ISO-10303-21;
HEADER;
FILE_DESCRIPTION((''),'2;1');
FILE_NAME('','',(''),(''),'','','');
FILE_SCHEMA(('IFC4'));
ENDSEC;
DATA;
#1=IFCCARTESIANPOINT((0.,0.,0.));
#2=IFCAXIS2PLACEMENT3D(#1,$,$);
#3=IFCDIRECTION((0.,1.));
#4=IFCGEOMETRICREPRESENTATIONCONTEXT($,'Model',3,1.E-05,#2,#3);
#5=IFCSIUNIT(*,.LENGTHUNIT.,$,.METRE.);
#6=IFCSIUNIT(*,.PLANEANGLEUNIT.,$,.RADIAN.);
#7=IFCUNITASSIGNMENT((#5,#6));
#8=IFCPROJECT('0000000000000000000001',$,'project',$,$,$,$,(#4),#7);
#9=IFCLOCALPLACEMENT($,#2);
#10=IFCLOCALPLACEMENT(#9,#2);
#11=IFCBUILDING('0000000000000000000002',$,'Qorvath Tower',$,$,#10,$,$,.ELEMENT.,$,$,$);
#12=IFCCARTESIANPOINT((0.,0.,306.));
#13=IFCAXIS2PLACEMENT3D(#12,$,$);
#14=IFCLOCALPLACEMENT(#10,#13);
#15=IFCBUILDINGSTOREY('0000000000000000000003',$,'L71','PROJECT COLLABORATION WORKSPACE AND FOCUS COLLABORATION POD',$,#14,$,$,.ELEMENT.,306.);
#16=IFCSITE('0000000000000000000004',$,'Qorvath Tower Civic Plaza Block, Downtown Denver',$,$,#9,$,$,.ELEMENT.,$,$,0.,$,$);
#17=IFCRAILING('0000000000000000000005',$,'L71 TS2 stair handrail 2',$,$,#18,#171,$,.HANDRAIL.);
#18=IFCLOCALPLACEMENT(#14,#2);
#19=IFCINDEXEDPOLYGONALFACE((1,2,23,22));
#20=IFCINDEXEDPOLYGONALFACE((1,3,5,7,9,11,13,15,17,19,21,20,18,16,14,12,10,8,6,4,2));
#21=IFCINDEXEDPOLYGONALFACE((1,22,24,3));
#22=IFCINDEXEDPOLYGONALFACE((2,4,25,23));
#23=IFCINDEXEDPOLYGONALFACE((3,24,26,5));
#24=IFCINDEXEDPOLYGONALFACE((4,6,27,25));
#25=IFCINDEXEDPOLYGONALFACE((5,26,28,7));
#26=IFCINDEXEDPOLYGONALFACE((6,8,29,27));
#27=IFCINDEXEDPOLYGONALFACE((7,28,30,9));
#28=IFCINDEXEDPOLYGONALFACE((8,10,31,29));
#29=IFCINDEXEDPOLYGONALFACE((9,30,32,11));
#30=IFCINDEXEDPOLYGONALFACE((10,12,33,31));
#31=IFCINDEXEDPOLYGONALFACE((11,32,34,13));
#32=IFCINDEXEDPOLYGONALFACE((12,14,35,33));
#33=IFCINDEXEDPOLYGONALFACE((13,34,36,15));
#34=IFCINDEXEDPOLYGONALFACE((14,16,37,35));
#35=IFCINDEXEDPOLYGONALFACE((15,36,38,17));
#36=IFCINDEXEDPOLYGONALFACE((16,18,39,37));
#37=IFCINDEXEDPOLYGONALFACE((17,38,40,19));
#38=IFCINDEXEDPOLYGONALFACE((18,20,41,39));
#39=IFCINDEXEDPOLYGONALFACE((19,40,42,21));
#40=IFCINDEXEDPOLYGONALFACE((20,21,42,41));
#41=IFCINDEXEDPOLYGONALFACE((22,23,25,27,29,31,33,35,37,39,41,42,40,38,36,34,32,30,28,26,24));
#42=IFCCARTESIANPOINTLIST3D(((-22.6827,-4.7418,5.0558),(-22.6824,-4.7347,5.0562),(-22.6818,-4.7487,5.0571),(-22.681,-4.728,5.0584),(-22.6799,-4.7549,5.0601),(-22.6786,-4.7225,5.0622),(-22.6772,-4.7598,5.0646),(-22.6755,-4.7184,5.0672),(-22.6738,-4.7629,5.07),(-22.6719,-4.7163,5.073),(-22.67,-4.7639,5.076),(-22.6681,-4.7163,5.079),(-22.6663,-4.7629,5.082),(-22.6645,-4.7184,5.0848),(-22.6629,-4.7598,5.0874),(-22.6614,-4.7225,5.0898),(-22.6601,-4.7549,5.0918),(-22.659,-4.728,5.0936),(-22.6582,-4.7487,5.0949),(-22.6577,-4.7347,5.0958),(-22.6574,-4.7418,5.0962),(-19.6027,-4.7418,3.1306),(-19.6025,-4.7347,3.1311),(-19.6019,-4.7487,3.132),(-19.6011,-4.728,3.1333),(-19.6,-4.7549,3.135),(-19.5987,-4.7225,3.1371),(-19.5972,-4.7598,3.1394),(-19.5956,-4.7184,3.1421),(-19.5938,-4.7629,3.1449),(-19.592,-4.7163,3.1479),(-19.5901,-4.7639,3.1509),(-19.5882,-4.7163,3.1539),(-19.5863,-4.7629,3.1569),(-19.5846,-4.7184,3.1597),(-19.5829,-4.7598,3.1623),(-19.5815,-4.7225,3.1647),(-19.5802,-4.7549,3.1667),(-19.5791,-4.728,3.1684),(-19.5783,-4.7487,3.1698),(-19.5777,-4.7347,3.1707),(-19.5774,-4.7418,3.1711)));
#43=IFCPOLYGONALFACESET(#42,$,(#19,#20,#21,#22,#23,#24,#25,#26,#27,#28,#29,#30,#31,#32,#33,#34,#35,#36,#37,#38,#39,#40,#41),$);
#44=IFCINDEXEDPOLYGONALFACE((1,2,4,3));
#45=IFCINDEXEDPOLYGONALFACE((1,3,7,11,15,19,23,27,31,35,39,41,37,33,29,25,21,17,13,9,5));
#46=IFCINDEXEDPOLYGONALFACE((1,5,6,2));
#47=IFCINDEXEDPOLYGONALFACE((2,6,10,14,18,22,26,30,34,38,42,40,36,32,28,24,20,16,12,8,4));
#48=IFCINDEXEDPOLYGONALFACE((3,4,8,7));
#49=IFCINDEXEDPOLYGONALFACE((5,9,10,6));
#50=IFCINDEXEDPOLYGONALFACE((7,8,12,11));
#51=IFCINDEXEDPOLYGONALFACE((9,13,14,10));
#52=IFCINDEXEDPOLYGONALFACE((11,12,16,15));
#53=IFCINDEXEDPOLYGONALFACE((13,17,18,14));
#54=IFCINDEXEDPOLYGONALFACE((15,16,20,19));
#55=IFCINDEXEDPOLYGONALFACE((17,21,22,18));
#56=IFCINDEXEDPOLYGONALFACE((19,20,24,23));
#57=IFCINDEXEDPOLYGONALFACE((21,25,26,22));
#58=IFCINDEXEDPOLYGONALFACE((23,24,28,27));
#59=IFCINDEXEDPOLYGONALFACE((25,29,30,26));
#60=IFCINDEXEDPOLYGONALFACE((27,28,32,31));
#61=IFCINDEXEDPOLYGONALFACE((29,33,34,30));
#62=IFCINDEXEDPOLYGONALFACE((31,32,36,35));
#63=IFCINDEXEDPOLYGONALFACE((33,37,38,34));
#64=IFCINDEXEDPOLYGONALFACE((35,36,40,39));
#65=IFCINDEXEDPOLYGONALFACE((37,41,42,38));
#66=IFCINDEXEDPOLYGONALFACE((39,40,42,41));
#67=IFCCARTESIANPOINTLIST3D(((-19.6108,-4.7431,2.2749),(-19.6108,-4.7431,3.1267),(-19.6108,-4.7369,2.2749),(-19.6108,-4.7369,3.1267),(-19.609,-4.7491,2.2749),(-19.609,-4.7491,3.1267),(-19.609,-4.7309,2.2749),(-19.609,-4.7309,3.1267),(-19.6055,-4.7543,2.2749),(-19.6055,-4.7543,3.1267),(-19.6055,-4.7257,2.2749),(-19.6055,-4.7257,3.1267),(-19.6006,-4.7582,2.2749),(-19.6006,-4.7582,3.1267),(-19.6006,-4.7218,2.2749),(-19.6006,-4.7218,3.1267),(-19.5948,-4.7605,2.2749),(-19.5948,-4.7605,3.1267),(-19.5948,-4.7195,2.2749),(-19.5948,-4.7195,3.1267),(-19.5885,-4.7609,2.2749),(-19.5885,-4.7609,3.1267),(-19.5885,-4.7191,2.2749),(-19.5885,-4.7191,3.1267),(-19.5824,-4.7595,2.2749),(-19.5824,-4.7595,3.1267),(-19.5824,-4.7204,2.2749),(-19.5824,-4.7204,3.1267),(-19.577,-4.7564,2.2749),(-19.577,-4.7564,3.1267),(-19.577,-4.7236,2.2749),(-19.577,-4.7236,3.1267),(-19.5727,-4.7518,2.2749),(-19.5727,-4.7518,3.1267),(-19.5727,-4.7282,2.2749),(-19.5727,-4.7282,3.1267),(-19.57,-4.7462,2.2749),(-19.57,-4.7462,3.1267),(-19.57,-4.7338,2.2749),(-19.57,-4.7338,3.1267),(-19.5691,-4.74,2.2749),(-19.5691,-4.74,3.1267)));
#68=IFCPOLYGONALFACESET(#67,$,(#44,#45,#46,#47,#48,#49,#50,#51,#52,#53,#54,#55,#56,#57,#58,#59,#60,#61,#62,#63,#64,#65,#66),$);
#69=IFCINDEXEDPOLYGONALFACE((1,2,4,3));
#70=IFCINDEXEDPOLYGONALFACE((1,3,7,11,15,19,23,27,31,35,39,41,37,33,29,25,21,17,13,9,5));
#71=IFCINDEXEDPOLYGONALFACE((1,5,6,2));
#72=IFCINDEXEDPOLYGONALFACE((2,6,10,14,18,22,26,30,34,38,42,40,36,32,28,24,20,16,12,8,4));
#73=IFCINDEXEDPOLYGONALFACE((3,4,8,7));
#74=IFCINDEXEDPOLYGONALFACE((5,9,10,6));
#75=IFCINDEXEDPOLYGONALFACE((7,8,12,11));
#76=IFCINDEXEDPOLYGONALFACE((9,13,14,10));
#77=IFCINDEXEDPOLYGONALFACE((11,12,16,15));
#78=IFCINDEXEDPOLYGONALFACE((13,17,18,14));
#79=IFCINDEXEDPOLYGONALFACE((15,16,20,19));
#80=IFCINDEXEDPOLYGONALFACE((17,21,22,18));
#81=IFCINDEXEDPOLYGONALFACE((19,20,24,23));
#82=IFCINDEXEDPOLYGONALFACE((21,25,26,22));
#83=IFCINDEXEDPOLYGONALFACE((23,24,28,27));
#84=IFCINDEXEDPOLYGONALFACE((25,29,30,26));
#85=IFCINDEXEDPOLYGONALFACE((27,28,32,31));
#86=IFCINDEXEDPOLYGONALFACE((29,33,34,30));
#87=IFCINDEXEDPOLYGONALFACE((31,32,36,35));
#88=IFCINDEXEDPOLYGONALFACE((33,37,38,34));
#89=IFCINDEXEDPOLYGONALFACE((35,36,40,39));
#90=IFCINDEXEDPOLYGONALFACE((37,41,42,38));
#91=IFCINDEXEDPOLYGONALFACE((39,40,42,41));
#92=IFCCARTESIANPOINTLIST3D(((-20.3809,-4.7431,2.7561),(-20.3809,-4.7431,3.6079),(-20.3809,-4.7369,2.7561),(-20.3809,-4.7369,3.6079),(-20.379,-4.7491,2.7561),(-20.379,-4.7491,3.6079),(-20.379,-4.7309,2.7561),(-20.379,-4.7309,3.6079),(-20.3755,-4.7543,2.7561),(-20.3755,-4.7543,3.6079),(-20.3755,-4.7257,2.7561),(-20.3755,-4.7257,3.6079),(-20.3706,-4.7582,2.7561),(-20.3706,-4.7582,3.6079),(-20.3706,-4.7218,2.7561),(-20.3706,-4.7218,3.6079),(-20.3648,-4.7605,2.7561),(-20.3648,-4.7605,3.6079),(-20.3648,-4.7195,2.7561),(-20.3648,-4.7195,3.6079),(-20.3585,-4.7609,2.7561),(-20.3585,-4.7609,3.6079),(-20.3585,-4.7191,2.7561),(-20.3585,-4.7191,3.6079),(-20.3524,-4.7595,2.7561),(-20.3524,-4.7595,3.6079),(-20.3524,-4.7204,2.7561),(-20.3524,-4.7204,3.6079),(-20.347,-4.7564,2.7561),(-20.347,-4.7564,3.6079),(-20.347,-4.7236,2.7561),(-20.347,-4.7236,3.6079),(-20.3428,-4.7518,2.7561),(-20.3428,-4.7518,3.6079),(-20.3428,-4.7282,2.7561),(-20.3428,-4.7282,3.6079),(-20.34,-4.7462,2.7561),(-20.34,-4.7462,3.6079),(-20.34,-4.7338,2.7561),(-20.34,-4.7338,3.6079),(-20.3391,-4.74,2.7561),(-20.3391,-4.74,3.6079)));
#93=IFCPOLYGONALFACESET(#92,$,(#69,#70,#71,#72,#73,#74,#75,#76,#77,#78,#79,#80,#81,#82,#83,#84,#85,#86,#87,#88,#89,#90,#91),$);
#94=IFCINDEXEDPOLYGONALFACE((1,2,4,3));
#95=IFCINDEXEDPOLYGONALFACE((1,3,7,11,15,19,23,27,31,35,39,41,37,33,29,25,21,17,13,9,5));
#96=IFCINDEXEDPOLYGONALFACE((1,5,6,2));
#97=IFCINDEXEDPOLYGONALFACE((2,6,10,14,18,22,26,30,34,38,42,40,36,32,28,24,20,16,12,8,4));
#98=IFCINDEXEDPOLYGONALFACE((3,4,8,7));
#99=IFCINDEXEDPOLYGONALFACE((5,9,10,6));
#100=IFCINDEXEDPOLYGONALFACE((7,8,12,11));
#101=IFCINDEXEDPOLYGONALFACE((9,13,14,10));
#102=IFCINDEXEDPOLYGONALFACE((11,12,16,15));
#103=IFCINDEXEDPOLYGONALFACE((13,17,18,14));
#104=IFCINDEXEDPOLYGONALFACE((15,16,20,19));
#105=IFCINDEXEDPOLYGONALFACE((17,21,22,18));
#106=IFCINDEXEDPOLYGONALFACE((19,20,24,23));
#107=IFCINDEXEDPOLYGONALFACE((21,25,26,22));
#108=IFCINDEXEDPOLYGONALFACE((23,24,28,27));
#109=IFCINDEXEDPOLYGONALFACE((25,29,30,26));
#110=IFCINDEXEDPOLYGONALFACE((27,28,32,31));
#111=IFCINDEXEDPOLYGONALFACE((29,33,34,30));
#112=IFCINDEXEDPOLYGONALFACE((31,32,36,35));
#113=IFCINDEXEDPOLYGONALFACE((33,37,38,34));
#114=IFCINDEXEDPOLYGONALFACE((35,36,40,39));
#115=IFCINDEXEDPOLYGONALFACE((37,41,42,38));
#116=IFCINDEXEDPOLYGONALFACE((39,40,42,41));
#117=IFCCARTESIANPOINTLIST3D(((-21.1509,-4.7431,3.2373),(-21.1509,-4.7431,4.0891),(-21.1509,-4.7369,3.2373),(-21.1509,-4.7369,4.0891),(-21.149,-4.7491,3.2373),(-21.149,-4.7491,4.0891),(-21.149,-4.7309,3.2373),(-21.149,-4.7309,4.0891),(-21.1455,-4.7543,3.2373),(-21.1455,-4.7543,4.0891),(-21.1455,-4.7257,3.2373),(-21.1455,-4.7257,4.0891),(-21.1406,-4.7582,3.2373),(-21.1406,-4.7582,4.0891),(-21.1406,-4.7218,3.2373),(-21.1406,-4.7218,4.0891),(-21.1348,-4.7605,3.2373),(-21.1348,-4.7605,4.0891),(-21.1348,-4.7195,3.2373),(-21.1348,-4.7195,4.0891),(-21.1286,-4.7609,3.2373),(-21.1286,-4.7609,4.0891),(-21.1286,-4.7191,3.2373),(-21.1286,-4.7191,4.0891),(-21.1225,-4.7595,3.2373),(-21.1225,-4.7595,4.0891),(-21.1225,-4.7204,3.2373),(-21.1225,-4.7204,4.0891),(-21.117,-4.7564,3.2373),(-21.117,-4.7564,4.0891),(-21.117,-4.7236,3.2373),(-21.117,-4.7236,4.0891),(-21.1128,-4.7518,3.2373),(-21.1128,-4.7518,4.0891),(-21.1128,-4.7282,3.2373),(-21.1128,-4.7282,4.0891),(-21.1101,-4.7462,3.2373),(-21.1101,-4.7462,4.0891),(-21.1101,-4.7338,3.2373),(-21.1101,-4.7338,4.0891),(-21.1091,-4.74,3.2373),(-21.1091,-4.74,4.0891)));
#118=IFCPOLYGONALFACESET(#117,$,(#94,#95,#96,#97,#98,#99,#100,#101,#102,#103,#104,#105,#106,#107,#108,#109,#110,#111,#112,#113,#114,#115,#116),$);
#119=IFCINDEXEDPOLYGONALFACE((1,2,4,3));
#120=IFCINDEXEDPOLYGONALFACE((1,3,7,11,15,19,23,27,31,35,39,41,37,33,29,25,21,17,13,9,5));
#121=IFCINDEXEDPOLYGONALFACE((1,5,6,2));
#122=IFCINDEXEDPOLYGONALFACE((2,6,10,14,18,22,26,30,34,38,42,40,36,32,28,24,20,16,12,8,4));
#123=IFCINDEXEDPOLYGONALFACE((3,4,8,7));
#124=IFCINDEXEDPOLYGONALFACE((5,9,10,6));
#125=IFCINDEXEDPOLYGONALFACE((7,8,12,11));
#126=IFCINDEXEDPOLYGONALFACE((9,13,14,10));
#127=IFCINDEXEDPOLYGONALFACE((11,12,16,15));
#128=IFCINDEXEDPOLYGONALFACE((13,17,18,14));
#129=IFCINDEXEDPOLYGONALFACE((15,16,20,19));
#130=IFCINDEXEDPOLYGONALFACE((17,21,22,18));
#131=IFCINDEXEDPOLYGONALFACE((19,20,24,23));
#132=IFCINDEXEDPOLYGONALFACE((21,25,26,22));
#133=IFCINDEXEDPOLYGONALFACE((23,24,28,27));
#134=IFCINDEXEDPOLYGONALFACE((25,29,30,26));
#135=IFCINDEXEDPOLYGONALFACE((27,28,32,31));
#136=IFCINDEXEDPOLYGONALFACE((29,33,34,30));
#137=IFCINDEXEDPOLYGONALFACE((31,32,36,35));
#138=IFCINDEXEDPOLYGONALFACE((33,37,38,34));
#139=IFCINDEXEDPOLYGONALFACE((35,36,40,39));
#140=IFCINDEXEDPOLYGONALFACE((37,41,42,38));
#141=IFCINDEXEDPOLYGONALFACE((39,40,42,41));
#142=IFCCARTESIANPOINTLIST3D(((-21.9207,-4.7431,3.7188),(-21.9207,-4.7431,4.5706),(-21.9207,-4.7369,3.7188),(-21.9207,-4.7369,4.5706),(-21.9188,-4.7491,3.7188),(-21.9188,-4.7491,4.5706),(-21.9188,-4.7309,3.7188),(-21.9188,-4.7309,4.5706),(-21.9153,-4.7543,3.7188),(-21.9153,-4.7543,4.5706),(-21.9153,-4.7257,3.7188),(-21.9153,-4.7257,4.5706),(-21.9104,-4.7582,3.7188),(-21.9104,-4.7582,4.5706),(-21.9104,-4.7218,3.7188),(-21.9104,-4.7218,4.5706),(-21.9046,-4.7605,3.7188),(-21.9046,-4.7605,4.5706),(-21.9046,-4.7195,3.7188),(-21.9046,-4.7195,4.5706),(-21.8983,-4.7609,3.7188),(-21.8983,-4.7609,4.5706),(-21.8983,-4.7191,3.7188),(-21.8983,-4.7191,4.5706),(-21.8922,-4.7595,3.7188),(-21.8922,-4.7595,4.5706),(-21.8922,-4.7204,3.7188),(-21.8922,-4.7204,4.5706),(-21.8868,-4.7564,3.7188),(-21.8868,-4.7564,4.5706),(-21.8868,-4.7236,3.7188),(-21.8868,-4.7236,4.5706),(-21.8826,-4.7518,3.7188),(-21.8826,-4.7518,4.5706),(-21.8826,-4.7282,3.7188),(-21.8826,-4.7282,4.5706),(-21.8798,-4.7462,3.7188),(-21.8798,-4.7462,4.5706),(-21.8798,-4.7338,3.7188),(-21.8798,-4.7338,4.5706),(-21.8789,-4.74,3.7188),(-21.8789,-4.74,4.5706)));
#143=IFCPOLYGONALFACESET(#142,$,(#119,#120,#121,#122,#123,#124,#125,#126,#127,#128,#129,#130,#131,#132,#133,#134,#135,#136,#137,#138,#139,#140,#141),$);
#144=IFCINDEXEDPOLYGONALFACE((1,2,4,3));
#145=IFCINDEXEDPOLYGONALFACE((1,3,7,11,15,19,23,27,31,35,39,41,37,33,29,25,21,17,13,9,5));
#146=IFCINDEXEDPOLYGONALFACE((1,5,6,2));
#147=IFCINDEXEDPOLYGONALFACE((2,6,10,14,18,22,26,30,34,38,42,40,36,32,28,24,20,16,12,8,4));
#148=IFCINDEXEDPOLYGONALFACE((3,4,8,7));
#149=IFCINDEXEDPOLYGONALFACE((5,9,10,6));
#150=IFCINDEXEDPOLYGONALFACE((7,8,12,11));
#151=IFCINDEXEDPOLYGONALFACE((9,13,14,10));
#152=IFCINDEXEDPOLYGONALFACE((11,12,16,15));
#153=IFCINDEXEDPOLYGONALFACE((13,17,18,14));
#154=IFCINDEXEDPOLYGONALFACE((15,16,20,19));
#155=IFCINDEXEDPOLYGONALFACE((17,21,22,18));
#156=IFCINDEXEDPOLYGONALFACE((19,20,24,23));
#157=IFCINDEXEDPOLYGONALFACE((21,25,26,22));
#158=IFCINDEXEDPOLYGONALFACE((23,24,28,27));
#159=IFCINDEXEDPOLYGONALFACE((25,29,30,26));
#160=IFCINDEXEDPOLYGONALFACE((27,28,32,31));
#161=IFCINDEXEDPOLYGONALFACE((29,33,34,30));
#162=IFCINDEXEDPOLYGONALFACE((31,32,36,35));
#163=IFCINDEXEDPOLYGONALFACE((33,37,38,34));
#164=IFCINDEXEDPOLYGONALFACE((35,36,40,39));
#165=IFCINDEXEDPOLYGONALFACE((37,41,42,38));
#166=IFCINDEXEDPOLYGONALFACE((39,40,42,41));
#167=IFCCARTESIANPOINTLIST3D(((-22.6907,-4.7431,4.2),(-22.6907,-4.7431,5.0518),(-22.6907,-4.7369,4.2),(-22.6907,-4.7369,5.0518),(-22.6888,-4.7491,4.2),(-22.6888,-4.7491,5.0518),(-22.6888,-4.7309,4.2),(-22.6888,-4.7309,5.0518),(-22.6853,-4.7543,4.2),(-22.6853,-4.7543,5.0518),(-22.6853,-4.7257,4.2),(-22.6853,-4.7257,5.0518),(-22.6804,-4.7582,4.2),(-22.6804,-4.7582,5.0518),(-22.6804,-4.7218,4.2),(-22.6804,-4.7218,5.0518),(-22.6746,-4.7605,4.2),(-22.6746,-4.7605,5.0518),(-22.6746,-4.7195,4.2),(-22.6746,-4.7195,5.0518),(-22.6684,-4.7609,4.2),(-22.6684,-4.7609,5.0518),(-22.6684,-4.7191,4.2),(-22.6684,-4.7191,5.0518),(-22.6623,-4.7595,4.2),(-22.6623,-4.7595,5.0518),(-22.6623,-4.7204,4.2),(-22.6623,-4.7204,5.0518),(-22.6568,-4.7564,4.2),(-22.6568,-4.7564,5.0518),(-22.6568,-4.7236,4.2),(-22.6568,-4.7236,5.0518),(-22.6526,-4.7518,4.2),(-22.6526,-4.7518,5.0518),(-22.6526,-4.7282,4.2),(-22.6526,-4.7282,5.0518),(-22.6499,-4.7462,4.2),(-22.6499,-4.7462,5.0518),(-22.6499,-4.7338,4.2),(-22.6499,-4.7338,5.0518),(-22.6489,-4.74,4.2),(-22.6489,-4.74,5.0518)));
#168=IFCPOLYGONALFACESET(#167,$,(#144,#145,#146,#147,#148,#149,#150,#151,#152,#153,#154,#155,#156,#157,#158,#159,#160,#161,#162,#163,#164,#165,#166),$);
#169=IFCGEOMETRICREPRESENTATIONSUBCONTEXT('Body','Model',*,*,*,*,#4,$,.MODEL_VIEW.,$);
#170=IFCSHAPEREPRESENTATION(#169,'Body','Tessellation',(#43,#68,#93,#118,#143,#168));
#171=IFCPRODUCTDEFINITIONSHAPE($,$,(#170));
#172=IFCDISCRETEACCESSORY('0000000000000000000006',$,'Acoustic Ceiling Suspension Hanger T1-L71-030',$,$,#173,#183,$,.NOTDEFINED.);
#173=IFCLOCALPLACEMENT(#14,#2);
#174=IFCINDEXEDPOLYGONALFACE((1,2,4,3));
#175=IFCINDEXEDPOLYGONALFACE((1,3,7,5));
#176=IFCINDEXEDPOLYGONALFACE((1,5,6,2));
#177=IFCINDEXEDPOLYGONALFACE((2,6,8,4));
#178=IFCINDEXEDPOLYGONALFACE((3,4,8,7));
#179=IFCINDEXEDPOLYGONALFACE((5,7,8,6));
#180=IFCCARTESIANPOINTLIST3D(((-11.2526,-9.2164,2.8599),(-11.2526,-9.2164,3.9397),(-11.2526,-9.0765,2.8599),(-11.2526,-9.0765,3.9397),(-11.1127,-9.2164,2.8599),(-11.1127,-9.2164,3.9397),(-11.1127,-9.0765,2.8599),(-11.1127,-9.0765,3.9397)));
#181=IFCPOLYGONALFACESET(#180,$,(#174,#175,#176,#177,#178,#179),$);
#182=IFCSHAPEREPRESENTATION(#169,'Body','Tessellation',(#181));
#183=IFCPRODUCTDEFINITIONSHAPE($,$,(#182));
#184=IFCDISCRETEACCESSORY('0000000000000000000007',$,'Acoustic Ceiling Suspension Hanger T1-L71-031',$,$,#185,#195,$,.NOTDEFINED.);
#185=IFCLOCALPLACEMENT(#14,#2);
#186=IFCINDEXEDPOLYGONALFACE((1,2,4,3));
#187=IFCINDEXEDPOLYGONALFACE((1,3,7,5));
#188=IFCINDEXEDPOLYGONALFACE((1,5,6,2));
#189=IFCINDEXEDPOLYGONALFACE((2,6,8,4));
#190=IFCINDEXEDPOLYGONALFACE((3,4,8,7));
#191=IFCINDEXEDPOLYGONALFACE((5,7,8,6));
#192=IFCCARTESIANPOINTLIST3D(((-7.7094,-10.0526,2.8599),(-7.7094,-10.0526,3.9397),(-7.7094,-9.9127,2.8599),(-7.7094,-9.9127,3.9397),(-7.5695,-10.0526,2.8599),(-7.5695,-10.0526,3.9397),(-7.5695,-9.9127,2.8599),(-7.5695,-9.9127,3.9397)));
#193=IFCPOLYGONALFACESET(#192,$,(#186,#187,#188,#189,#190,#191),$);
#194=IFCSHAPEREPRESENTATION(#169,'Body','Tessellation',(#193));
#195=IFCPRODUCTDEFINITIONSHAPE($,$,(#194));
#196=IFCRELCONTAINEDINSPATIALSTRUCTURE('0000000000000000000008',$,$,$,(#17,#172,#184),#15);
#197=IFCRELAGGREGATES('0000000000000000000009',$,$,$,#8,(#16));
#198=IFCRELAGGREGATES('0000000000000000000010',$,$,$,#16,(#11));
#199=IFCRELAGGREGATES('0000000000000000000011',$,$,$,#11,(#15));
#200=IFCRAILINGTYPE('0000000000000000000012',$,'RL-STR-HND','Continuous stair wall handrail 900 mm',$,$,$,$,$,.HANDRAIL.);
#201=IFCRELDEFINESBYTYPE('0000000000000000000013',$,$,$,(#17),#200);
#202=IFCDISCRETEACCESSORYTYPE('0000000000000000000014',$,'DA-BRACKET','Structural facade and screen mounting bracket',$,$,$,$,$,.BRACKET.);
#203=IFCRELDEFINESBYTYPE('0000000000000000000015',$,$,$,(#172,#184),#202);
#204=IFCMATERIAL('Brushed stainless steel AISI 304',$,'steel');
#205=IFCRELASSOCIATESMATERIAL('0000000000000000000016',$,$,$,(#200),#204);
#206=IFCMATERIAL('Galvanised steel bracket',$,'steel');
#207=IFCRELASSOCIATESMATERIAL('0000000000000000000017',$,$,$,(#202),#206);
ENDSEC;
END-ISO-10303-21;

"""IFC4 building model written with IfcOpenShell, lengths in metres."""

from ifc_helpers import new_model, si_unit, direction, frame, origin, origin_2d, place, context, subcontext, project, spatial, rectangle, circle, extrude, material, type_object, element, save


model = new_model("IFC4")

# Units and contexts
model_context = context("Model", 3, precision=1e-05, world=origin(), true_north=direction((0.0, 1.0)))
body_context = subcontext(model_context, "Body", "Model", "MODEL_VIEW")
ifc_project = project(units=[si_unit("LENGTHUNIT", "METRE"), si_unit("PLANEANGLEUNIT", "RADIAN")], contexts=[model_context])

# Site, building, storey
site_placement = place(None, origin())
site = spatial("IfcSite", under=ifc_project, at=site_placement, Name="Qorvath Tower Civic Plaza Block, Downtown Denver", CompositionType="ELEMENT", RefElevation=0.0)
building_placement = place(site_placement, origin())
building = spatial("IfcBuilding", under=site, at=building_placement, Name="Qorvath Tower", CompositionType="ELEMENT")
storey_placement = place(building_placement, frame((0.0, 0.0, 306.0)))
storey = spatial("IfcBuildingStorey", under=building, at=storey_placement, Name="L71", Description="PROJECT COLLABORATION WORKSPACE AND FOCUS COLLABORATION POD", CompositionType="ELEMENT", Elevation=306.0)

# Railing
ifc_material_1 = material(Name="Brushed stainless steel AISI 304", Category="steel")
railing_type_1 = type_object("IfcRailingType", Name="RL-STR-HND", Description="Continuous stair wall handrail 900 mm", PredefinedType="HANDRAIL", material=ifc_material_1)
railing_1_placement = place(storey_placement, frame((-19.5901, -4.74, 2.2749)))
element("IfcRailing", 1, at=railing_1_placement, inside=storey, type_object=railing_type_1, Name="L71 TS2 stair handrail 2", PredefinedType="HANDRAIL", context=body_context, shape_type="SweptSolid", body=[
    extrude(circle(Radius=0.0239, at=origin_2d()), frame((0.0, 0.0, 0.876), z_axis=(-0.847979, 0.0, 0.530029), x_axis=(0.0, -1.0, 0.0)), (0.0, 0.0, 1.0), 3.6321),
    extrude(circle(Radius=0.021, at=origin_2d()), origin(), (0.0, 0.0, 1.0), 0.8518),
    extrude(circle(Radius=0.021, at=origin_2d()), frame((-0.77, 0.0, 0.4812)), (0.0, 0.0, 1.0), 0.8518),
    extrude(circle(Radius=0.021, at=origin_2d()), frame((-1.54, 0.0, 0.9624)), (0.0, 0.0, 1.0), 0.8518),
    extrude(circle(Radius=0.021, at=origin_2d()), frame((-2.3098, 0.0, 1.4438)), (0.0, 0.0, 1.0), 0.8518),
    extrude(circle(Radius=0.021, at=origin_2d()), frame((-3.0798, 0.0, 1.925)), (0.0, 0.0, 1.0), 0.8518),
])

# Discrete accessories
ifc_material_2 = material(Name="Galvanised steel bracket", Category="steel")
discrete_accessory_type = type_object("IfcDiscreteAccessoryType", Name="DA-BRACKET", Description="Structural facade and screen mounting bracket", PredefinedType="BRACKET", material=ifc_material_2)
for number, where, z_axis, x_axis, name in (
    (2, (-11.1826, -9.1465, 2.8599), (0.0, 0.0, 1.0), (1.0, 0.0, 0.0), "Acoustic Ceiling Suspension Hanger T1-L71-030"),
    (3, (-7.6394, -9.9827, 2.8599), (0.0, 0.0, 1.0), (1.0, 0.0, 0.0), "Acoustic Ceiling Suspension Hanger T1-L71-031"),
):
    element("IfcDiscreteAccessory", number, at=place(storey_placement, frame(where, z_axis=z_axis, x_axis=x_axis)), inside=storey, type_object=discrete_accessory_type, Name=name, PredefinedType="NOTDEFINED", context=body_context, shape_type="SweptSolid", body=[
        extrude(rectangle(XDim=0.1399, YDim=0.1399, at=origin_2d()), origin(), (0.0, 0.0, 1.0), 1.0798),
    ])

save(model, "model.ifc")
